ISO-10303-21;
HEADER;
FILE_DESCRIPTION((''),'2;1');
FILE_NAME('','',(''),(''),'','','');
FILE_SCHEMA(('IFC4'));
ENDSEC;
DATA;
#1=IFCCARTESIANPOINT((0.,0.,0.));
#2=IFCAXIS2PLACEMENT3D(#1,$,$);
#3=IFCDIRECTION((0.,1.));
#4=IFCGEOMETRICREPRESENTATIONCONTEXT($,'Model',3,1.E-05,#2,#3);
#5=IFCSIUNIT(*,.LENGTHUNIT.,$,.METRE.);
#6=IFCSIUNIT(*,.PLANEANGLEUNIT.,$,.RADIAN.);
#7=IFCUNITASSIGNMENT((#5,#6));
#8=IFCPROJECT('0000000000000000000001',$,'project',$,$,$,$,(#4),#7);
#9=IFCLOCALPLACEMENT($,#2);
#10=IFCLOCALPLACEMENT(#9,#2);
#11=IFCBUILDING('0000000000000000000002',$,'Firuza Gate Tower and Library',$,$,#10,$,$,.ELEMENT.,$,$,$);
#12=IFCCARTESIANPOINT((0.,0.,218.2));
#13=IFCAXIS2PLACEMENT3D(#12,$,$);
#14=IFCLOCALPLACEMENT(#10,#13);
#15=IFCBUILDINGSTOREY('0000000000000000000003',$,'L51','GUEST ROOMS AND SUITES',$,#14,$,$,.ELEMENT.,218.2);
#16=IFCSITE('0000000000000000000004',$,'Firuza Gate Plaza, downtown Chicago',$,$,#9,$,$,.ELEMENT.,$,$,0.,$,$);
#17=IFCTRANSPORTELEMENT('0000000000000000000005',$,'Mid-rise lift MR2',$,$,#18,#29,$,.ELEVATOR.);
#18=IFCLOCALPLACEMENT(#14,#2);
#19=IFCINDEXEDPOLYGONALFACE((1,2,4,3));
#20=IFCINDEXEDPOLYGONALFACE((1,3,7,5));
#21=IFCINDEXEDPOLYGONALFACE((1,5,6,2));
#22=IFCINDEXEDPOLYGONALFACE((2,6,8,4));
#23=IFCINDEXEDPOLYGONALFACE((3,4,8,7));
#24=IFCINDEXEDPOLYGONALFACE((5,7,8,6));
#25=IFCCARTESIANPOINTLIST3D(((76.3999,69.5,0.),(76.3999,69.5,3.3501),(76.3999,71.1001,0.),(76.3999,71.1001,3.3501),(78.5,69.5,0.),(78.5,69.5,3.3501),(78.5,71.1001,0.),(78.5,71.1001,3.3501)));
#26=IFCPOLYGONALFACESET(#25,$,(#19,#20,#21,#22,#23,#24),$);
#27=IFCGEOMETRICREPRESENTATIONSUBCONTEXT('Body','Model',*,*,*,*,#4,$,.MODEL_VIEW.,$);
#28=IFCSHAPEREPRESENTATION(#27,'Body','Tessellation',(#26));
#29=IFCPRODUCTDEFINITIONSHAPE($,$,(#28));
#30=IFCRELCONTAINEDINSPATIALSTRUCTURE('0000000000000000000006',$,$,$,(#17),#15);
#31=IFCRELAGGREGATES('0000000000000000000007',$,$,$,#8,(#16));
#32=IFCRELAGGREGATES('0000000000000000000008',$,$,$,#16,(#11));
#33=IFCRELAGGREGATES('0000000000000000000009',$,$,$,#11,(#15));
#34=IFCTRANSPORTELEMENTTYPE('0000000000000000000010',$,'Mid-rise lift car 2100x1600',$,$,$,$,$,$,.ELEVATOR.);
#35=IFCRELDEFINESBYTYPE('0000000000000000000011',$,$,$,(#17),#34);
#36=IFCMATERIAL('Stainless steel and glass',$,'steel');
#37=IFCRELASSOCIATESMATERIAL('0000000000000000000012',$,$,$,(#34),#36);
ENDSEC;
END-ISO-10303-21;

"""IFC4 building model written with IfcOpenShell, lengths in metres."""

from ifc_helpers import new_model, si_unit, direction, frame, origin, origin_2d, place, context, subcontext, project, spatial, rectangle, extrude, material, type_object, element, save


model = new_model("IFC4")

# Units and contexts
model_context = context("Model", 3, precision=1e-05, world=origin(), true_north=direction((0.0, 1.0)))
body_context = subcontext(model_context, "Body", "Model", "MODEL_VIEW")
ifc_project = project(units=[si_unit("LENGTHUNIT", "METRE"), si_unit("PLANEANGLEUNIT", "RADIAN")], contexts=[model_context])

# Site, building, storey
site_placement = place(None, origin())
site = spatial("IfcSite", under=ifc_project, at=site_placement, Name="Firuza Gate Plaza, downtown Chicago", CompositionType="ELEMENT", RefElevation=0.0)
building_placement = place(site_placement, origin())
building = spatial("IfcBuilding", under=site, at=building_placement, Name="Firuza Gate Tower and Library", CompositionType="ELEMENT")
storey_placement = place(building_placement, frame((0.0, 0.0, 218.2)))
storey = spatial("IfcBuildingStorey", under=building, at=storey_placement, Name="L51", Description="GUEST ROOMS AND SUITES", CompositionType="ELEMENT", Elevation=218.2)

# Transport element
ifc_material_1 = material(Name="Stainless steel and glass", Category="steel")
transport_element_type = type_object("IfcTransportElementType", Name="Mid-rise lift car 2100x1600", PredefinedType="ELEVATOR", material=ifc_material_1)
for number, where, z_axis, x_axis, name in (
    (1, (77.45, 70.3, 0.0), (0.0, 0.0, 1.0), (1.0, 0.0, 0.0), "Mid-rise lift MR2"),
):
    element("IfcTransportElement", number, at=place(storey_placement, frame(where, z_axis=z_axis, x_axis=x_axis)), inside=storey, type_object=transport_element_type, Name=name, PredefinedType="ELEVATOR", context=body_context, shape_type="SweptSolid", body=[
        extrude(rectangle(XDim=2.1001, YDim=1.6001, at=origin_2d()), origin(), (0.0, 0.0, 1.0), 3.3501),
    ])

save(model, "model.ifc")
